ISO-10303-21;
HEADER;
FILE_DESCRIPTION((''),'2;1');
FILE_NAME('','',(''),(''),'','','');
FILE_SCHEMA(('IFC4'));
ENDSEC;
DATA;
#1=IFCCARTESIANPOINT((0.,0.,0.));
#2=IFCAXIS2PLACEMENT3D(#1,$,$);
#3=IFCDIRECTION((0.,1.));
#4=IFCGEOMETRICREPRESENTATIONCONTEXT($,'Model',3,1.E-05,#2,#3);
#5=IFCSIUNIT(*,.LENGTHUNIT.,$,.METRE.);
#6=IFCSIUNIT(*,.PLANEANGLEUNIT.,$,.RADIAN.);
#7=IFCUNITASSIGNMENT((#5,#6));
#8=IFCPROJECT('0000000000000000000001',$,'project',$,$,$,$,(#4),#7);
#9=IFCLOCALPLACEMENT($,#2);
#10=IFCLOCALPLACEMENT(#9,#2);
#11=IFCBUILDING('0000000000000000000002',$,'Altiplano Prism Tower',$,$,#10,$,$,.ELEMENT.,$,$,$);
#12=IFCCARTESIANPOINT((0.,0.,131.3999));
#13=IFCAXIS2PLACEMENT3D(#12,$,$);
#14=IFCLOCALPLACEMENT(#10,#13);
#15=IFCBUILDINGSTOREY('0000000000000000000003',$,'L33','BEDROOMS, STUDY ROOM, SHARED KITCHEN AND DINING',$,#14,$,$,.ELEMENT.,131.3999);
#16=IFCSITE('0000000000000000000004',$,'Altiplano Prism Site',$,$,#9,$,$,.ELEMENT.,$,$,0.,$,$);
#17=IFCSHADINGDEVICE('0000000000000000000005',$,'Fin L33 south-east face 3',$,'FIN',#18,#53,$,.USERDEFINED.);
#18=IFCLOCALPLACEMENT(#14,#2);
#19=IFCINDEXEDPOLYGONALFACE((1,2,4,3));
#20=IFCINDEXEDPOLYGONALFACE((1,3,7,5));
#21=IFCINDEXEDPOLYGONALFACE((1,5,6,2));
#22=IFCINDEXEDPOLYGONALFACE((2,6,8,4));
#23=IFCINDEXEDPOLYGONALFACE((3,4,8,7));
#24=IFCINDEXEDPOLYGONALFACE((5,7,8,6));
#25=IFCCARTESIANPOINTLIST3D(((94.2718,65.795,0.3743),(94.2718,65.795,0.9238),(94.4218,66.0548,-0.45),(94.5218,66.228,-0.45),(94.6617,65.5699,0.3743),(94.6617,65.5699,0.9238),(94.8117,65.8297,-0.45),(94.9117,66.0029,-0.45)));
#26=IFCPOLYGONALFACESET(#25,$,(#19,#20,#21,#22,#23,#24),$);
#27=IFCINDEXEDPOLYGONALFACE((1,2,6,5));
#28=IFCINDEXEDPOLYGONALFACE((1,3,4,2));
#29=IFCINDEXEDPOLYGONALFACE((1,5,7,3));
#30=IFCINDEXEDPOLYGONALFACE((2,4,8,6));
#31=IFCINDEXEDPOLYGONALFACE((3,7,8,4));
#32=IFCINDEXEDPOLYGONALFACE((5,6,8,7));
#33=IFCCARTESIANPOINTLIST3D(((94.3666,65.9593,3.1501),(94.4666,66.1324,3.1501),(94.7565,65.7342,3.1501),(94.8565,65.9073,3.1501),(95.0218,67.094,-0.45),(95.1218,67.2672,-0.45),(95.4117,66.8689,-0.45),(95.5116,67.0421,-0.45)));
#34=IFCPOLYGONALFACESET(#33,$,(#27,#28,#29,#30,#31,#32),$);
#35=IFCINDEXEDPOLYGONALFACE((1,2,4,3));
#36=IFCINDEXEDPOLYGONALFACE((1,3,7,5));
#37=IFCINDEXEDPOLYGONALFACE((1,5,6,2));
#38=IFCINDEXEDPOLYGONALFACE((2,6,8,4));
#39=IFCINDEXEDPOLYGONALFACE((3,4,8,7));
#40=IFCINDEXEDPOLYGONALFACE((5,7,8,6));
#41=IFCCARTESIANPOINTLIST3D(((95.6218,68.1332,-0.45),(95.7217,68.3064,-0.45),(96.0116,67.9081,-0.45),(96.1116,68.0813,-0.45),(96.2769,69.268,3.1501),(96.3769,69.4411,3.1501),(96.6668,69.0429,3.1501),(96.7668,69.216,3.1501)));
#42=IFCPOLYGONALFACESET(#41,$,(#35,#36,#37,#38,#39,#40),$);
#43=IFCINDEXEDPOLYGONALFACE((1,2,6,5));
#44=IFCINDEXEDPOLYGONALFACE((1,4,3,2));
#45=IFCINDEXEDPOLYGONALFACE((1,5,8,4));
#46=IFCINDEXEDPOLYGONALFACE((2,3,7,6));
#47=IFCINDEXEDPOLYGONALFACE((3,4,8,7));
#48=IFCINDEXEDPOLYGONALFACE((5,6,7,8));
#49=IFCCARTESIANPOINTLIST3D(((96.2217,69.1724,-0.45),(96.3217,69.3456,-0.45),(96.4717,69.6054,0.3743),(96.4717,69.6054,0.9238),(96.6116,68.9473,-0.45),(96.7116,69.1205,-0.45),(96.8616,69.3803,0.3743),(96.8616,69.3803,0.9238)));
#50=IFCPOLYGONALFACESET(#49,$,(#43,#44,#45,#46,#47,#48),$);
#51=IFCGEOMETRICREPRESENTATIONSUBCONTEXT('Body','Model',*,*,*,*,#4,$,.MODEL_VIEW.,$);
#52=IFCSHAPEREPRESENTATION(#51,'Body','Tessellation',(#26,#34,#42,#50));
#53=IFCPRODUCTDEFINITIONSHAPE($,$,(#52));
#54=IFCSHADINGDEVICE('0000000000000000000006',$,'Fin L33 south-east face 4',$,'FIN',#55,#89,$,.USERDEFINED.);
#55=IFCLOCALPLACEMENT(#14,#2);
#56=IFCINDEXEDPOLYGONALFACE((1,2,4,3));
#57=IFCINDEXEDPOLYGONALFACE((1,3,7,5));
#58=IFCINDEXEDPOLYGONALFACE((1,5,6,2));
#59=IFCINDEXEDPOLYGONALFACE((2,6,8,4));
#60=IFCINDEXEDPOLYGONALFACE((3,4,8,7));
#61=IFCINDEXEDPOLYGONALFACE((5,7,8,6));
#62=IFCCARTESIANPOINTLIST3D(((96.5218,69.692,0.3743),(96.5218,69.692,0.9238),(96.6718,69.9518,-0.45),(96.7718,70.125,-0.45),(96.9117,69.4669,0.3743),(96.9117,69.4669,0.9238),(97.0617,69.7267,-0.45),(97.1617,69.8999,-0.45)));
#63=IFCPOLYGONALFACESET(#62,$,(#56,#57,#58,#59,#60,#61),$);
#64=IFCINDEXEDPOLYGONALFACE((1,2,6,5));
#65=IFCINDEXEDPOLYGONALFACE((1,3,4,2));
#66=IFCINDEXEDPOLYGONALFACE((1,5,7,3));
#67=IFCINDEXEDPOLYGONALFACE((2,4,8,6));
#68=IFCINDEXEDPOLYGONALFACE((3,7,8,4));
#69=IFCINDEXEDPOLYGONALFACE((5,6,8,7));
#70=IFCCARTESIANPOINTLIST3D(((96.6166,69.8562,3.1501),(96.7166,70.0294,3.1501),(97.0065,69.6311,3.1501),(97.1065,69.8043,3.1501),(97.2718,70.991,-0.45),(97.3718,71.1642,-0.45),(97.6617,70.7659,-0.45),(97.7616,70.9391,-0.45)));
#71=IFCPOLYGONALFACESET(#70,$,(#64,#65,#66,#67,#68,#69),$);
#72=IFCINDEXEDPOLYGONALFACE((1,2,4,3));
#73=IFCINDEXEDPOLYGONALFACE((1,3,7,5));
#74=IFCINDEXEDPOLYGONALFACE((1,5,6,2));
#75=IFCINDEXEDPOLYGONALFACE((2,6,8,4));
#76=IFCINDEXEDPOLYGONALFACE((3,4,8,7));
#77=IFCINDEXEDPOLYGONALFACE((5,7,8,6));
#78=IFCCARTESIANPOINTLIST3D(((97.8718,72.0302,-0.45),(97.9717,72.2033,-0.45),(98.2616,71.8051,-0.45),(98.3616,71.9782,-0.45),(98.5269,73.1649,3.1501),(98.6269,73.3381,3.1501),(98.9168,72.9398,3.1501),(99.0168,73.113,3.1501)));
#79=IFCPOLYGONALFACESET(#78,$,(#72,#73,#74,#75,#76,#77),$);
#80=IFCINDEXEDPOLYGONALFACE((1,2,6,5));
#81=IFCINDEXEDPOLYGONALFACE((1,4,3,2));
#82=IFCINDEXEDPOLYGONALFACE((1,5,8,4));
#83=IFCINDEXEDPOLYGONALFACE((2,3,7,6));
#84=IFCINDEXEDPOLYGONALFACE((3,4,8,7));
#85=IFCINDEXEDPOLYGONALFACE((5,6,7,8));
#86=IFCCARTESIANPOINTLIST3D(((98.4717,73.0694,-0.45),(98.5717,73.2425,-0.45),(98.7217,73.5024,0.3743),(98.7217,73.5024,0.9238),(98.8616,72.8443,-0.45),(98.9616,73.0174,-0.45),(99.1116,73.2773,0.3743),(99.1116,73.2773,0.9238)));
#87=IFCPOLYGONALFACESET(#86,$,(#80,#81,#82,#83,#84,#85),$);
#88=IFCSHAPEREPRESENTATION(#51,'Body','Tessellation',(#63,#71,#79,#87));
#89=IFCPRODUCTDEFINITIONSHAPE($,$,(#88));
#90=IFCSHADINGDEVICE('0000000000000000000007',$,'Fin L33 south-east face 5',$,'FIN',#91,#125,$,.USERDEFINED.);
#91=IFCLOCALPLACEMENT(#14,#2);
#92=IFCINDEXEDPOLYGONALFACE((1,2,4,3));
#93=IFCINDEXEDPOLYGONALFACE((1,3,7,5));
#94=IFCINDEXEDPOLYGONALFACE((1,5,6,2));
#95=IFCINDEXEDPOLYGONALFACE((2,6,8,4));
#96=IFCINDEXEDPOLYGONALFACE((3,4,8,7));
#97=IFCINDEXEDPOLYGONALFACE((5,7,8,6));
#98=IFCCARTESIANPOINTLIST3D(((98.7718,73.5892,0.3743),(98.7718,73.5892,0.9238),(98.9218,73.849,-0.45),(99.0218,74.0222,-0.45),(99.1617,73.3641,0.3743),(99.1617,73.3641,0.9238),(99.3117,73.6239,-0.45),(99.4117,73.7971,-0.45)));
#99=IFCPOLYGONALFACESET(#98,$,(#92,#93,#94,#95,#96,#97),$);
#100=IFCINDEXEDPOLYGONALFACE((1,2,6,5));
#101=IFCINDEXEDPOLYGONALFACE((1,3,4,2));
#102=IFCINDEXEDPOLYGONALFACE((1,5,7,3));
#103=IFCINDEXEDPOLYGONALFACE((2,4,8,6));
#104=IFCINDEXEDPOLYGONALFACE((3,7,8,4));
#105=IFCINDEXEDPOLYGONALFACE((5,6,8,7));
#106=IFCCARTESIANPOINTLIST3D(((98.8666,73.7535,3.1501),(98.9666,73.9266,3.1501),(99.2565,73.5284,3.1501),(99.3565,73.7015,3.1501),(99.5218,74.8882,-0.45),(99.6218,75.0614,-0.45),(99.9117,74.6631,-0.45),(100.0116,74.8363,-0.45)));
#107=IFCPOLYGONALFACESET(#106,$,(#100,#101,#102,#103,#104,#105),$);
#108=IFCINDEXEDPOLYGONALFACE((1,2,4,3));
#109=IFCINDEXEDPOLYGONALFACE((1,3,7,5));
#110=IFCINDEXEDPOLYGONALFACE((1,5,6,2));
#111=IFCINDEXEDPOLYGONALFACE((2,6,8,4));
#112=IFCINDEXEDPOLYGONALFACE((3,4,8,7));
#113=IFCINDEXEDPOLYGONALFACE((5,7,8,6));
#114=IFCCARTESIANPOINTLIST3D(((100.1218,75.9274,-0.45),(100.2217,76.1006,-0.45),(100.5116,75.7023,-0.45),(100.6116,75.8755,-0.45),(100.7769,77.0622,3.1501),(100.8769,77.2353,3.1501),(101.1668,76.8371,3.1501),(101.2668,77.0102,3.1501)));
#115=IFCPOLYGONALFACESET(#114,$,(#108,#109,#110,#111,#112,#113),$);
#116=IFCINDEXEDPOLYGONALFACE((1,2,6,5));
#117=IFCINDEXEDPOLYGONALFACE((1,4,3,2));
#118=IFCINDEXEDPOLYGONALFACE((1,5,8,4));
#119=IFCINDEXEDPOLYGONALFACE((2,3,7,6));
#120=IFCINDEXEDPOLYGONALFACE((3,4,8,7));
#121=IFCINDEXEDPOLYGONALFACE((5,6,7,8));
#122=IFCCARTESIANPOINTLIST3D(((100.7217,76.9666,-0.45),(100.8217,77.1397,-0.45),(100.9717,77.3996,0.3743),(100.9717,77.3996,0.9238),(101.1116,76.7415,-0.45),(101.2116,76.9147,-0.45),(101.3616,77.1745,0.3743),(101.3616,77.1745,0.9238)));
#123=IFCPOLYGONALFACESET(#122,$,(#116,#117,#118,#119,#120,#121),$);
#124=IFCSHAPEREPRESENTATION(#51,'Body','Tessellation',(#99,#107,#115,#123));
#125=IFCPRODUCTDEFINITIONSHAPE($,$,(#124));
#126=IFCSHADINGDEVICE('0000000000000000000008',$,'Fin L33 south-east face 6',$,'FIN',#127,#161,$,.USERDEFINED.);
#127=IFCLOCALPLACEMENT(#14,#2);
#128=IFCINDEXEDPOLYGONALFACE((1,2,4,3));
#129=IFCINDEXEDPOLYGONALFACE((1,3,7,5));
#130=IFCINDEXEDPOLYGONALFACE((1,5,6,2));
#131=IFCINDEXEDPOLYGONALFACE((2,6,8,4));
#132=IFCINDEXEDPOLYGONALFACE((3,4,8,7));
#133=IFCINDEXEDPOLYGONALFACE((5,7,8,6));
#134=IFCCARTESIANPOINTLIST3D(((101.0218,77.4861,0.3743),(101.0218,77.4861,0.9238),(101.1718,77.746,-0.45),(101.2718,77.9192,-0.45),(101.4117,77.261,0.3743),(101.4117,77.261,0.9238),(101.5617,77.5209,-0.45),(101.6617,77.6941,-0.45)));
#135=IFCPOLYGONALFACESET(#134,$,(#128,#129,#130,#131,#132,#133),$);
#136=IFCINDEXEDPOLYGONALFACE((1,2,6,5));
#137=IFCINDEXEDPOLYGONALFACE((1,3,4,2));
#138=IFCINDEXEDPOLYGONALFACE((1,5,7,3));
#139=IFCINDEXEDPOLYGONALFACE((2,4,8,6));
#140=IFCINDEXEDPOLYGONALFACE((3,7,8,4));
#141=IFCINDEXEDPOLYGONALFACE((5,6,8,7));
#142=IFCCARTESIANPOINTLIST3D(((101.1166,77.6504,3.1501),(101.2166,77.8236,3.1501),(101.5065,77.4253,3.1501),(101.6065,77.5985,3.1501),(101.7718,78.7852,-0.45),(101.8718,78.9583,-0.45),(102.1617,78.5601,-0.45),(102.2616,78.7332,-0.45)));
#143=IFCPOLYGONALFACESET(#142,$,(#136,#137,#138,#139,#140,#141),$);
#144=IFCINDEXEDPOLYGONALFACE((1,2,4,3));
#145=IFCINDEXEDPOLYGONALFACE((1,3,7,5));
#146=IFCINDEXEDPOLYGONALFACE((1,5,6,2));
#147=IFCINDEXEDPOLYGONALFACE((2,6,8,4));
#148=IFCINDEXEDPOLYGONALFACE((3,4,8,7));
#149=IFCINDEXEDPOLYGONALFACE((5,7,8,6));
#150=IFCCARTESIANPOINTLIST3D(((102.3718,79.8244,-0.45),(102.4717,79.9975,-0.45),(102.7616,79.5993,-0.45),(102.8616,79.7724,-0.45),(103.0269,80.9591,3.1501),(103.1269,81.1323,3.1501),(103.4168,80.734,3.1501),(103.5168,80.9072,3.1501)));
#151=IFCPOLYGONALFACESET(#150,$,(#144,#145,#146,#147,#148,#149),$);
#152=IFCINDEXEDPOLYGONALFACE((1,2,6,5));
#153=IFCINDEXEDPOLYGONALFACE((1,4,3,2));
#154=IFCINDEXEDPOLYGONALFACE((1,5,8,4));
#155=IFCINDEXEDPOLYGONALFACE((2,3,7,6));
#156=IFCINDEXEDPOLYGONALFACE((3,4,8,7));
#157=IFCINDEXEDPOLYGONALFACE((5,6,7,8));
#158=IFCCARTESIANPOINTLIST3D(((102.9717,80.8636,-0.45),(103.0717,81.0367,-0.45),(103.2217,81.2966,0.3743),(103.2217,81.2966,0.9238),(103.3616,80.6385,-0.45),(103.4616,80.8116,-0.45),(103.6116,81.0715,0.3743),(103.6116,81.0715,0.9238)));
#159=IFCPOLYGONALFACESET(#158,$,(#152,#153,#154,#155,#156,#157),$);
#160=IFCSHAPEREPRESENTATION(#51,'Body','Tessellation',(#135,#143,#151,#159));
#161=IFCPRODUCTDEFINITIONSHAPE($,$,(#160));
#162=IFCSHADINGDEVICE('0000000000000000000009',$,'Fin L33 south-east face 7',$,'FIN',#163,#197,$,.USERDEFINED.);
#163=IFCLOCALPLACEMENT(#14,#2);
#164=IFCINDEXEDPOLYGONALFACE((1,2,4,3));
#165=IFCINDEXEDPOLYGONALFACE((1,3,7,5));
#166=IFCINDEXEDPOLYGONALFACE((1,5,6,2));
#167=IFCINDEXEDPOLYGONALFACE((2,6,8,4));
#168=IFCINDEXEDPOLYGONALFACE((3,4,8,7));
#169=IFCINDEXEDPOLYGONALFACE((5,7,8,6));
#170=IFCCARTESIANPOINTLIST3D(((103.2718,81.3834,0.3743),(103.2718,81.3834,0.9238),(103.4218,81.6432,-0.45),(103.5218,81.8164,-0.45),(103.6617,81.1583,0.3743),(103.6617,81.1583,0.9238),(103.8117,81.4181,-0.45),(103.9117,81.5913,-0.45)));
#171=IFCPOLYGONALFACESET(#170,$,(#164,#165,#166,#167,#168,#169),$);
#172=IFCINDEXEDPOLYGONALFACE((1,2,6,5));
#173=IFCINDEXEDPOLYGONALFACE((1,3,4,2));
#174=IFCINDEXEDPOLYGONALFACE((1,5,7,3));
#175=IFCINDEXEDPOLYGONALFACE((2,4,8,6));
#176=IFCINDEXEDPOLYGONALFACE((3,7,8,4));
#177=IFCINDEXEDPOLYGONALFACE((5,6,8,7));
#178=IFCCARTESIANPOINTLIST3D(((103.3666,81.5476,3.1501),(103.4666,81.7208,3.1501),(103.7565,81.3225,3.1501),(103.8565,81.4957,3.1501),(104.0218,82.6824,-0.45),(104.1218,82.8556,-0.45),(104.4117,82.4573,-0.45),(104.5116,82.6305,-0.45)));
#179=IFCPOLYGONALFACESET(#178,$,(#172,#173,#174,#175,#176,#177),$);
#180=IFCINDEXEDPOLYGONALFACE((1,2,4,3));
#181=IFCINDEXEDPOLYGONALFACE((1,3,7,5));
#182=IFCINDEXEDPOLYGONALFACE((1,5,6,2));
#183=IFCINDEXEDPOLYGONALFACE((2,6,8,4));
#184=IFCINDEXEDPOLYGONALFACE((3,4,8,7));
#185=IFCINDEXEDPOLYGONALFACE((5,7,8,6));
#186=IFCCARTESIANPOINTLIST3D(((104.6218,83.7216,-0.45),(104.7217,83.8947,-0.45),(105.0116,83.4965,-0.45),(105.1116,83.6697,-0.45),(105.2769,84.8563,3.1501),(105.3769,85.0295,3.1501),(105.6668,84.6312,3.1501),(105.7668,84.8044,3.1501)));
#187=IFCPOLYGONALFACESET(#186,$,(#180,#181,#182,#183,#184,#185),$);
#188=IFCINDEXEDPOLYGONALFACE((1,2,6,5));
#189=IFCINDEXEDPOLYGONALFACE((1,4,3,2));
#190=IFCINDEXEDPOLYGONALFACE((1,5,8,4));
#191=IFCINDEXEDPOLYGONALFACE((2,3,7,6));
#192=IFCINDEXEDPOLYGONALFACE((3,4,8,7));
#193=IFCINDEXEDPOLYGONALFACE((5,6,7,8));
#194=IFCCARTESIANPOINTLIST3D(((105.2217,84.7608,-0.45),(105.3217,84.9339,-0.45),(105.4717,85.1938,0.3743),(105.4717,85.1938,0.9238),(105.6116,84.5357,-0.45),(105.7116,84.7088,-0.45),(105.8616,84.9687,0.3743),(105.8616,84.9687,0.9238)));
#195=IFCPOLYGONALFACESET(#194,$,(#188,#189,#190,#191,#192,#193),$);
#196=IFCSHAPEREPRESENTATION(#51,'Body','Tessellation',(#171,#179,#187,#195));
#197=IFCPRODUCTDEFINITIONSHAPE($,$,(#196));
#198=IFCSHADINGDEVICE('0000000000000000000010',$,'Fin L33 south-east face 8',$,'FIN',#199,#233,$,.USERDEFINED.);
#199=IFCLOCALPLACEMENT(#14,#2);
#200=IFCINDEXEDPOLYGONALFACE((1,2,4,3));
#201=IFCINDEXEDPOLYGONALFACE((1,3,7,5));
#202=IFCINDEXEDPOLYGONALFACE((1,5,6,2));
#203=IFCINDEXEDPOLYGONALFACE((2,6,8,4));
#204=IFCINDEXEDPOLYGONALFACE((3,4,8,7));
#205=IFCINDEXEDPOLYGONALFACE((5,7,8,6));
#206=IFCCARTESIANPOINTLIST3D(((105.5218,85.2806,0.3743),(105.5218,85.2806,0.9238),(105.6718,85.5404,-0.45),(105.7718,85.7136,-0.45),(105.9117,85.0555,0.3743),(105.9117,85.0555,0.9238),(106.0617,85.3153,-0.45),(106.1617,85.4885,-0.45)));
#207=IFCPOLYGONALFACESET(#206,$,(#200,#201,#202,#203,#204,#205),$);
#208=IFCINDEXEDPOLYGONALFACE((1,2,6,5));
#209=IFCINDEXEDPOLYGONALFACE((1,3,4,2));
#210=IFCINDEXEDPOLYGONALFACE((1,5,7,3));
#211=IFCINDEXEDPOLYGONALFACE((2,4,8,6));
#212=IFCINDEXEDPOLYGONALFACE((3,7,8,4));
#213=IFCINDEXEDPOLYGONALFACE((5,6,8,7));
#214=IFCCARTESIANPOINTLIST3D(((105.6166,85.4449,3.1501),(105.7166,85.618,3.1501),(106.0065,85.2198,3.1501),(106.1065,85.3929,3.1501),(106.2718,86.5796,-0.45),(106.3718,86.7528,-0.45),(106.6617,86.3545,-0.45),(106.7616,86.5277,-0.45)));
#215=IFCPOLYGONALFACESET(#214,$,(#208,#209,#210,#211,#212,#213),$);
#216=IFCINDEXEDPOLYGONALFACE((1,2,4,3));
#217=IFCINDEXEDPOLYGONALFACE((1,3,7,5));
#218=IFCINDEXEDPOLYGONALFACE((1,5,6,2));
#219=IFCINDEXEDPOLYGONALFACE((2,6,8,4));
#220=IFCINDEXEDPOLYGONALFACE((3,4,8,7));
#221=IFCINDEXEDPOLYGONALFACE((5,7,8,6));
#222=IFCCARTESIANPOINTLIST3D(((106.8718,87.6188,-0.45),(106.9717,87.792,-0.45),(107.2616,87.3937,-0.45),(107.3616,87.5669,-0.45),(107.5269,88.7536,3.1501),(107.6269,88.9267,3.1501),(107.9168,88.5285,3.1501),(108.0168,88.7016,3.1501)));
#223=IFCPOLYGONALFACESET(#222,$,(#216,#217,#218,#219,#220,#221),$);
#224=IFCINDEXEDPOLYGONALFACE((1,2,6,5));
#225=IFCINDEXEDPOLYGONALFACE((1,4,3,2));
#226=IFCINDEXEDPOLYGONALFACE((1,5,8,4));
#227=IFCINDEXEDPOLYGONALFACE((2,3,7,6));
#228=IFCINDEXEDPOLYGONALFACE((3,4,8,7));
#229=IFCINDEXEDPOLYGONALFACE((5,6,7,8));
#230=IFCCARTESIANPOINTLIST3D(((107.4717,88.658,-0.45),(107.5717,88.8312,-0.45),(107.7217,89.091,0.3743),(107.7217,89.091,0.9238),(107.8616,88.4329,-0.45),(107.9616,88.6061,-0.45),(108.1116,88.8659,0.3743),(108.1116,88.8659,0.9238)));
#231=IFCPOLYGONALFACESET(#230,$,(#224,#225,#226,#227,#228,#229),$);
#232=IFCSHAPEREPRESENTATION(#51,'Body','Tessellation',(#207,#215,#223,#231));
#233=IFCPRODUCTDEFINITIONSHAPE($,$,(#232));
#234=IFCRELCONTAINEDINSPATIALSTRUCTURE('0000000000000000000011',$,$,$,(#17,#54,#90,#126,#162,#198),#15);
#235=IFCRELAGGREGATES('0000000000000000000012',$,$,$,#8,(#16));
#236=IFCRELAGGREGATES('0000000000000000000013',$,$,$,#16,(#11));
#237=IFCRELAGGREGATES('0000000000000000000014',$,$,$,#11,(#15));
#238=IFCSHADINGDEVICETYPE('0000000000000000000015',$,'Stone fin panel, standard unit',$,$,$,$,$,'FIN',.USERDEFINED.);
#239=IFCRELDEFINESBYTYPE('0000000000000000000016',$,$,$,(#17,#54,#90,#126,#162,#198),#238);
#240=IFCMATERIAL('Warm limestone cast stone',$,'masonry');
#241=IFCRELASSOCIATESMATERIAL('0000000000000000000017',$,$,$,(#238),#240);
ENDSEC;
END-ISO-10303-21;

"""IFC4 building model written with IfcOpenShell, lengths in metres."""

from ifc_helpers import new_model, si_unit, direction, frame, origin, place, context, subcontext, project, spatial, polyline, outline, extrude, source, transform, mapped, material, type_object, element, save


model = new_model("IFC4")

# Units and contexts
model_context = context("Model", 3, precision=1e-05, world=origin(), true_north=direction((0.0, 1.0)))
body_context = subcontext(model_context, "Body", "Model", "MODEL_VIEW")
ifc_project = project(units=[si_unit("LENGTHUNIT", "METRE"), si_unit("PLANEANGLEUNIT", "RADIAN")], contexts=[model_context])

# Site, building, storey
site_placement = place(None, origin())
site = spatial("IfcSite", under=ifc_project, at=site_placement, Name="Altiplano Prism Site", CompositionType="ELEMENT", RefElevation=0.0)
building_placement = place(site_placement, origin())
building = spatial("IfcBuilding", under=site, at=building_placement, Name="Altiplano Prism Tower", CompositionType="ELEMENT")
storey_placement = place(building_placement, frame((0.0, 0.0, 131.3999)))
storey = spatial("IfcBuildingStorey", under=building, at=storey_placement, Name="L33", Description="BEDROOMS, STUDY ROOM, SHARED KITCHEN AND DINING", CompositionType="ELEMENT", Elevation=131.3999)

# Shading devices
ifc_material_1 = material(Name="Warm limestone cast stone", Category="masonry")
shading_device_type_1 = type_object("IfcShadingDeviceType", Name="Stone fin panel, standard unit", ElementType="FIN", PredefinedType="USERDEFINED", material=ifc_material_1)
shared_shape_1 = source(origin(), body_context, "Body", "SweptSolid", [
    extrude(outline(polyline([(-2.2, 1.3738), (-2.2, 0.8242), (-1.8999, 0.0), (-1.7, 0.0), (-2.2, 1.3738)])), frame((0.0, -0.1499, 0.0), z_axis=(0.0, -1.0, 0.0), x_axis=(1.0, 0.0, 0.0)), (0.0, 0.0, 1.0), 0.4502),
    extrude(outline(polyline([(-2.0103, 3.6001), (-0.7, 0.0), (-0.5, 0.0), (-1.8103, 3.6001), (-2.0103, 3.6001)])), frame((0.0, -0.1499, 0.0), z_axis=(0.0, -1.0, 0.0), x_axis=(1.0, 0.0, 0.0)), (0.0, 0.0, 1.0), 0.4502),
    extrude(outline(polyline([(1.8103, 3.6001), (0.5, 0.0), (0.7, 0.0), (2.0103, 3.6001), (1.8103, 3.6001)])), frame((0.0, -0.1499, 0.0), z_axis=(0.0, -1.0, 0.0), x_axis=(1.0, 0.0, 0.0)), (0.0, 0.0, 1.0), 0.4502),
    extrude(outline(polyline([(2.2, 0.8242), (2.2, 1.3738), (1.7, 0.0), (1.8999, 0.0), (2.2, 0.8242)])), frame((0.0, -0.1499, 0.0), z_axis=(0.0, -1.0, 0.0), x_axis=(1.0, 0.0, 0.0)), (0.0, 0.0, 1.0), 0.4502),
])
shading_device_1_placement = place(storey_placement, origin())
element("IfcShadingDevice", 1, at=shading_device_1_placement, inside=storey, type_object=shading_device_type_1, Name="Fin L33 south-east face 3", ObjectType="FIN", PredefinedType="USERDEFINED", context=body_context, shape_type="MappedRepresentation", body=[
    mapped(shared_shape_1, transform((95.2419, 67.7751, -0.45), x_axis=(0.5, 0.866025, 0.0), y_axis=(-0.866025, 0.5, 0.0), z_axis=(0.0, 0.0, 1.0))),
])
shading_device_2_placement = place(storey_placement, origin())
element("IfcShadingDevice", 2, at=shading_device_2_placement, inside=storey, type_object=shading_device_type_1, Name="Fin L33 south-east face 4", ObjectType="FIN", PredefinedType="USERDEFINED", context=body_context, shape_type="MappedRepresentation", body=[
    mapped(shared_shape_1, transform((97.4919, 71.6721, -0.45), x_axis=(0.5, 0.866025, 0.0), y_axis=(-0.866025, 0.5, 0.0), z_axis=(0.0, 0.0, 1.0))),
])
shading_device_3_placement = place(storey_placement, origin())
element("IfcShadingDevice", 3, at=shading_device_3_placement, inside=storey, type_object=shading_device_type_1, Name="Fin L33 south-east face 5", ObjectType="FIN", PredefinedType="USERDEFINED", context=body_context, shape_type="MappedRepresentation", body=[
    mapped(shared_shape_1, transform((99.7419, 75.5693, -0.45), x_axis=(0.5, 0.866025, 0.0), y_axis=(-0.866025, 0.5, 0.0), z_axis=(0.0, 0.0, 1.0))),
])
shading_device_4_placement = place(storey_placement, origin())
element("IfcShadingDevice", 4, at=shading_device_4_placement, inside=storey, type_object=shading_device_type_1, Name="Fin L33 south-east face 6", ObjectType="FIN", PredefinedType="USERDEFINED", context=body_context, shape_type="MappedRepresentation", body=[
    mapped(shared_shape_1, transform((101.9919, 79.4663, -0.45), x_axis=(0.5, 0.866025, 0.0), y_axis=(-0.866025, 0.5, 0.0), z_axis=(0.0, 0.0, 1.0))),
])
shading_device_5_placement = place(storey_placement, origin())
element("IfcShadingDevice", 5, at=shading_device_5_placement, inside=storey, type_object=shading_device_type_1, Name="Fin L33 south-east face 7", ObjectType="FIN", PredefinedType="USERDEFINED", context=body_context, shape_type="MappedRepresentation", body=[
    mapped(shared_shape_1, transform((104.2419, 83.3635, -0.45), x_axis=(0.5, 0.866025, 0.0), y_axis=(-0.866025, 0.5, 0.0), z_axis=(0.0, 0.0, 1.0))),
])
shading_device_6_placement = place(storey_placement, origin())
element("IfcShadingDevice", 6, at=shading_device_6_placement, inside=storey, type_object=shading_device_type_1, Name="Fin L33 south-east face 8", ObjectType="FIN", PredefinedType="USERDEFINED", context=body_context, shape_type="MappedRepresentation", body=[
    mapped(shared_shape_1, transform((106.4919, 87.2607, -0.45), x_axis=(0.5, 0.866025, 0.0), y_axis=(-0.866025, 0.5, 0.0), z_axis=(0.0, 0.0, 1.0))),
])

save(model, "model.ifc")
